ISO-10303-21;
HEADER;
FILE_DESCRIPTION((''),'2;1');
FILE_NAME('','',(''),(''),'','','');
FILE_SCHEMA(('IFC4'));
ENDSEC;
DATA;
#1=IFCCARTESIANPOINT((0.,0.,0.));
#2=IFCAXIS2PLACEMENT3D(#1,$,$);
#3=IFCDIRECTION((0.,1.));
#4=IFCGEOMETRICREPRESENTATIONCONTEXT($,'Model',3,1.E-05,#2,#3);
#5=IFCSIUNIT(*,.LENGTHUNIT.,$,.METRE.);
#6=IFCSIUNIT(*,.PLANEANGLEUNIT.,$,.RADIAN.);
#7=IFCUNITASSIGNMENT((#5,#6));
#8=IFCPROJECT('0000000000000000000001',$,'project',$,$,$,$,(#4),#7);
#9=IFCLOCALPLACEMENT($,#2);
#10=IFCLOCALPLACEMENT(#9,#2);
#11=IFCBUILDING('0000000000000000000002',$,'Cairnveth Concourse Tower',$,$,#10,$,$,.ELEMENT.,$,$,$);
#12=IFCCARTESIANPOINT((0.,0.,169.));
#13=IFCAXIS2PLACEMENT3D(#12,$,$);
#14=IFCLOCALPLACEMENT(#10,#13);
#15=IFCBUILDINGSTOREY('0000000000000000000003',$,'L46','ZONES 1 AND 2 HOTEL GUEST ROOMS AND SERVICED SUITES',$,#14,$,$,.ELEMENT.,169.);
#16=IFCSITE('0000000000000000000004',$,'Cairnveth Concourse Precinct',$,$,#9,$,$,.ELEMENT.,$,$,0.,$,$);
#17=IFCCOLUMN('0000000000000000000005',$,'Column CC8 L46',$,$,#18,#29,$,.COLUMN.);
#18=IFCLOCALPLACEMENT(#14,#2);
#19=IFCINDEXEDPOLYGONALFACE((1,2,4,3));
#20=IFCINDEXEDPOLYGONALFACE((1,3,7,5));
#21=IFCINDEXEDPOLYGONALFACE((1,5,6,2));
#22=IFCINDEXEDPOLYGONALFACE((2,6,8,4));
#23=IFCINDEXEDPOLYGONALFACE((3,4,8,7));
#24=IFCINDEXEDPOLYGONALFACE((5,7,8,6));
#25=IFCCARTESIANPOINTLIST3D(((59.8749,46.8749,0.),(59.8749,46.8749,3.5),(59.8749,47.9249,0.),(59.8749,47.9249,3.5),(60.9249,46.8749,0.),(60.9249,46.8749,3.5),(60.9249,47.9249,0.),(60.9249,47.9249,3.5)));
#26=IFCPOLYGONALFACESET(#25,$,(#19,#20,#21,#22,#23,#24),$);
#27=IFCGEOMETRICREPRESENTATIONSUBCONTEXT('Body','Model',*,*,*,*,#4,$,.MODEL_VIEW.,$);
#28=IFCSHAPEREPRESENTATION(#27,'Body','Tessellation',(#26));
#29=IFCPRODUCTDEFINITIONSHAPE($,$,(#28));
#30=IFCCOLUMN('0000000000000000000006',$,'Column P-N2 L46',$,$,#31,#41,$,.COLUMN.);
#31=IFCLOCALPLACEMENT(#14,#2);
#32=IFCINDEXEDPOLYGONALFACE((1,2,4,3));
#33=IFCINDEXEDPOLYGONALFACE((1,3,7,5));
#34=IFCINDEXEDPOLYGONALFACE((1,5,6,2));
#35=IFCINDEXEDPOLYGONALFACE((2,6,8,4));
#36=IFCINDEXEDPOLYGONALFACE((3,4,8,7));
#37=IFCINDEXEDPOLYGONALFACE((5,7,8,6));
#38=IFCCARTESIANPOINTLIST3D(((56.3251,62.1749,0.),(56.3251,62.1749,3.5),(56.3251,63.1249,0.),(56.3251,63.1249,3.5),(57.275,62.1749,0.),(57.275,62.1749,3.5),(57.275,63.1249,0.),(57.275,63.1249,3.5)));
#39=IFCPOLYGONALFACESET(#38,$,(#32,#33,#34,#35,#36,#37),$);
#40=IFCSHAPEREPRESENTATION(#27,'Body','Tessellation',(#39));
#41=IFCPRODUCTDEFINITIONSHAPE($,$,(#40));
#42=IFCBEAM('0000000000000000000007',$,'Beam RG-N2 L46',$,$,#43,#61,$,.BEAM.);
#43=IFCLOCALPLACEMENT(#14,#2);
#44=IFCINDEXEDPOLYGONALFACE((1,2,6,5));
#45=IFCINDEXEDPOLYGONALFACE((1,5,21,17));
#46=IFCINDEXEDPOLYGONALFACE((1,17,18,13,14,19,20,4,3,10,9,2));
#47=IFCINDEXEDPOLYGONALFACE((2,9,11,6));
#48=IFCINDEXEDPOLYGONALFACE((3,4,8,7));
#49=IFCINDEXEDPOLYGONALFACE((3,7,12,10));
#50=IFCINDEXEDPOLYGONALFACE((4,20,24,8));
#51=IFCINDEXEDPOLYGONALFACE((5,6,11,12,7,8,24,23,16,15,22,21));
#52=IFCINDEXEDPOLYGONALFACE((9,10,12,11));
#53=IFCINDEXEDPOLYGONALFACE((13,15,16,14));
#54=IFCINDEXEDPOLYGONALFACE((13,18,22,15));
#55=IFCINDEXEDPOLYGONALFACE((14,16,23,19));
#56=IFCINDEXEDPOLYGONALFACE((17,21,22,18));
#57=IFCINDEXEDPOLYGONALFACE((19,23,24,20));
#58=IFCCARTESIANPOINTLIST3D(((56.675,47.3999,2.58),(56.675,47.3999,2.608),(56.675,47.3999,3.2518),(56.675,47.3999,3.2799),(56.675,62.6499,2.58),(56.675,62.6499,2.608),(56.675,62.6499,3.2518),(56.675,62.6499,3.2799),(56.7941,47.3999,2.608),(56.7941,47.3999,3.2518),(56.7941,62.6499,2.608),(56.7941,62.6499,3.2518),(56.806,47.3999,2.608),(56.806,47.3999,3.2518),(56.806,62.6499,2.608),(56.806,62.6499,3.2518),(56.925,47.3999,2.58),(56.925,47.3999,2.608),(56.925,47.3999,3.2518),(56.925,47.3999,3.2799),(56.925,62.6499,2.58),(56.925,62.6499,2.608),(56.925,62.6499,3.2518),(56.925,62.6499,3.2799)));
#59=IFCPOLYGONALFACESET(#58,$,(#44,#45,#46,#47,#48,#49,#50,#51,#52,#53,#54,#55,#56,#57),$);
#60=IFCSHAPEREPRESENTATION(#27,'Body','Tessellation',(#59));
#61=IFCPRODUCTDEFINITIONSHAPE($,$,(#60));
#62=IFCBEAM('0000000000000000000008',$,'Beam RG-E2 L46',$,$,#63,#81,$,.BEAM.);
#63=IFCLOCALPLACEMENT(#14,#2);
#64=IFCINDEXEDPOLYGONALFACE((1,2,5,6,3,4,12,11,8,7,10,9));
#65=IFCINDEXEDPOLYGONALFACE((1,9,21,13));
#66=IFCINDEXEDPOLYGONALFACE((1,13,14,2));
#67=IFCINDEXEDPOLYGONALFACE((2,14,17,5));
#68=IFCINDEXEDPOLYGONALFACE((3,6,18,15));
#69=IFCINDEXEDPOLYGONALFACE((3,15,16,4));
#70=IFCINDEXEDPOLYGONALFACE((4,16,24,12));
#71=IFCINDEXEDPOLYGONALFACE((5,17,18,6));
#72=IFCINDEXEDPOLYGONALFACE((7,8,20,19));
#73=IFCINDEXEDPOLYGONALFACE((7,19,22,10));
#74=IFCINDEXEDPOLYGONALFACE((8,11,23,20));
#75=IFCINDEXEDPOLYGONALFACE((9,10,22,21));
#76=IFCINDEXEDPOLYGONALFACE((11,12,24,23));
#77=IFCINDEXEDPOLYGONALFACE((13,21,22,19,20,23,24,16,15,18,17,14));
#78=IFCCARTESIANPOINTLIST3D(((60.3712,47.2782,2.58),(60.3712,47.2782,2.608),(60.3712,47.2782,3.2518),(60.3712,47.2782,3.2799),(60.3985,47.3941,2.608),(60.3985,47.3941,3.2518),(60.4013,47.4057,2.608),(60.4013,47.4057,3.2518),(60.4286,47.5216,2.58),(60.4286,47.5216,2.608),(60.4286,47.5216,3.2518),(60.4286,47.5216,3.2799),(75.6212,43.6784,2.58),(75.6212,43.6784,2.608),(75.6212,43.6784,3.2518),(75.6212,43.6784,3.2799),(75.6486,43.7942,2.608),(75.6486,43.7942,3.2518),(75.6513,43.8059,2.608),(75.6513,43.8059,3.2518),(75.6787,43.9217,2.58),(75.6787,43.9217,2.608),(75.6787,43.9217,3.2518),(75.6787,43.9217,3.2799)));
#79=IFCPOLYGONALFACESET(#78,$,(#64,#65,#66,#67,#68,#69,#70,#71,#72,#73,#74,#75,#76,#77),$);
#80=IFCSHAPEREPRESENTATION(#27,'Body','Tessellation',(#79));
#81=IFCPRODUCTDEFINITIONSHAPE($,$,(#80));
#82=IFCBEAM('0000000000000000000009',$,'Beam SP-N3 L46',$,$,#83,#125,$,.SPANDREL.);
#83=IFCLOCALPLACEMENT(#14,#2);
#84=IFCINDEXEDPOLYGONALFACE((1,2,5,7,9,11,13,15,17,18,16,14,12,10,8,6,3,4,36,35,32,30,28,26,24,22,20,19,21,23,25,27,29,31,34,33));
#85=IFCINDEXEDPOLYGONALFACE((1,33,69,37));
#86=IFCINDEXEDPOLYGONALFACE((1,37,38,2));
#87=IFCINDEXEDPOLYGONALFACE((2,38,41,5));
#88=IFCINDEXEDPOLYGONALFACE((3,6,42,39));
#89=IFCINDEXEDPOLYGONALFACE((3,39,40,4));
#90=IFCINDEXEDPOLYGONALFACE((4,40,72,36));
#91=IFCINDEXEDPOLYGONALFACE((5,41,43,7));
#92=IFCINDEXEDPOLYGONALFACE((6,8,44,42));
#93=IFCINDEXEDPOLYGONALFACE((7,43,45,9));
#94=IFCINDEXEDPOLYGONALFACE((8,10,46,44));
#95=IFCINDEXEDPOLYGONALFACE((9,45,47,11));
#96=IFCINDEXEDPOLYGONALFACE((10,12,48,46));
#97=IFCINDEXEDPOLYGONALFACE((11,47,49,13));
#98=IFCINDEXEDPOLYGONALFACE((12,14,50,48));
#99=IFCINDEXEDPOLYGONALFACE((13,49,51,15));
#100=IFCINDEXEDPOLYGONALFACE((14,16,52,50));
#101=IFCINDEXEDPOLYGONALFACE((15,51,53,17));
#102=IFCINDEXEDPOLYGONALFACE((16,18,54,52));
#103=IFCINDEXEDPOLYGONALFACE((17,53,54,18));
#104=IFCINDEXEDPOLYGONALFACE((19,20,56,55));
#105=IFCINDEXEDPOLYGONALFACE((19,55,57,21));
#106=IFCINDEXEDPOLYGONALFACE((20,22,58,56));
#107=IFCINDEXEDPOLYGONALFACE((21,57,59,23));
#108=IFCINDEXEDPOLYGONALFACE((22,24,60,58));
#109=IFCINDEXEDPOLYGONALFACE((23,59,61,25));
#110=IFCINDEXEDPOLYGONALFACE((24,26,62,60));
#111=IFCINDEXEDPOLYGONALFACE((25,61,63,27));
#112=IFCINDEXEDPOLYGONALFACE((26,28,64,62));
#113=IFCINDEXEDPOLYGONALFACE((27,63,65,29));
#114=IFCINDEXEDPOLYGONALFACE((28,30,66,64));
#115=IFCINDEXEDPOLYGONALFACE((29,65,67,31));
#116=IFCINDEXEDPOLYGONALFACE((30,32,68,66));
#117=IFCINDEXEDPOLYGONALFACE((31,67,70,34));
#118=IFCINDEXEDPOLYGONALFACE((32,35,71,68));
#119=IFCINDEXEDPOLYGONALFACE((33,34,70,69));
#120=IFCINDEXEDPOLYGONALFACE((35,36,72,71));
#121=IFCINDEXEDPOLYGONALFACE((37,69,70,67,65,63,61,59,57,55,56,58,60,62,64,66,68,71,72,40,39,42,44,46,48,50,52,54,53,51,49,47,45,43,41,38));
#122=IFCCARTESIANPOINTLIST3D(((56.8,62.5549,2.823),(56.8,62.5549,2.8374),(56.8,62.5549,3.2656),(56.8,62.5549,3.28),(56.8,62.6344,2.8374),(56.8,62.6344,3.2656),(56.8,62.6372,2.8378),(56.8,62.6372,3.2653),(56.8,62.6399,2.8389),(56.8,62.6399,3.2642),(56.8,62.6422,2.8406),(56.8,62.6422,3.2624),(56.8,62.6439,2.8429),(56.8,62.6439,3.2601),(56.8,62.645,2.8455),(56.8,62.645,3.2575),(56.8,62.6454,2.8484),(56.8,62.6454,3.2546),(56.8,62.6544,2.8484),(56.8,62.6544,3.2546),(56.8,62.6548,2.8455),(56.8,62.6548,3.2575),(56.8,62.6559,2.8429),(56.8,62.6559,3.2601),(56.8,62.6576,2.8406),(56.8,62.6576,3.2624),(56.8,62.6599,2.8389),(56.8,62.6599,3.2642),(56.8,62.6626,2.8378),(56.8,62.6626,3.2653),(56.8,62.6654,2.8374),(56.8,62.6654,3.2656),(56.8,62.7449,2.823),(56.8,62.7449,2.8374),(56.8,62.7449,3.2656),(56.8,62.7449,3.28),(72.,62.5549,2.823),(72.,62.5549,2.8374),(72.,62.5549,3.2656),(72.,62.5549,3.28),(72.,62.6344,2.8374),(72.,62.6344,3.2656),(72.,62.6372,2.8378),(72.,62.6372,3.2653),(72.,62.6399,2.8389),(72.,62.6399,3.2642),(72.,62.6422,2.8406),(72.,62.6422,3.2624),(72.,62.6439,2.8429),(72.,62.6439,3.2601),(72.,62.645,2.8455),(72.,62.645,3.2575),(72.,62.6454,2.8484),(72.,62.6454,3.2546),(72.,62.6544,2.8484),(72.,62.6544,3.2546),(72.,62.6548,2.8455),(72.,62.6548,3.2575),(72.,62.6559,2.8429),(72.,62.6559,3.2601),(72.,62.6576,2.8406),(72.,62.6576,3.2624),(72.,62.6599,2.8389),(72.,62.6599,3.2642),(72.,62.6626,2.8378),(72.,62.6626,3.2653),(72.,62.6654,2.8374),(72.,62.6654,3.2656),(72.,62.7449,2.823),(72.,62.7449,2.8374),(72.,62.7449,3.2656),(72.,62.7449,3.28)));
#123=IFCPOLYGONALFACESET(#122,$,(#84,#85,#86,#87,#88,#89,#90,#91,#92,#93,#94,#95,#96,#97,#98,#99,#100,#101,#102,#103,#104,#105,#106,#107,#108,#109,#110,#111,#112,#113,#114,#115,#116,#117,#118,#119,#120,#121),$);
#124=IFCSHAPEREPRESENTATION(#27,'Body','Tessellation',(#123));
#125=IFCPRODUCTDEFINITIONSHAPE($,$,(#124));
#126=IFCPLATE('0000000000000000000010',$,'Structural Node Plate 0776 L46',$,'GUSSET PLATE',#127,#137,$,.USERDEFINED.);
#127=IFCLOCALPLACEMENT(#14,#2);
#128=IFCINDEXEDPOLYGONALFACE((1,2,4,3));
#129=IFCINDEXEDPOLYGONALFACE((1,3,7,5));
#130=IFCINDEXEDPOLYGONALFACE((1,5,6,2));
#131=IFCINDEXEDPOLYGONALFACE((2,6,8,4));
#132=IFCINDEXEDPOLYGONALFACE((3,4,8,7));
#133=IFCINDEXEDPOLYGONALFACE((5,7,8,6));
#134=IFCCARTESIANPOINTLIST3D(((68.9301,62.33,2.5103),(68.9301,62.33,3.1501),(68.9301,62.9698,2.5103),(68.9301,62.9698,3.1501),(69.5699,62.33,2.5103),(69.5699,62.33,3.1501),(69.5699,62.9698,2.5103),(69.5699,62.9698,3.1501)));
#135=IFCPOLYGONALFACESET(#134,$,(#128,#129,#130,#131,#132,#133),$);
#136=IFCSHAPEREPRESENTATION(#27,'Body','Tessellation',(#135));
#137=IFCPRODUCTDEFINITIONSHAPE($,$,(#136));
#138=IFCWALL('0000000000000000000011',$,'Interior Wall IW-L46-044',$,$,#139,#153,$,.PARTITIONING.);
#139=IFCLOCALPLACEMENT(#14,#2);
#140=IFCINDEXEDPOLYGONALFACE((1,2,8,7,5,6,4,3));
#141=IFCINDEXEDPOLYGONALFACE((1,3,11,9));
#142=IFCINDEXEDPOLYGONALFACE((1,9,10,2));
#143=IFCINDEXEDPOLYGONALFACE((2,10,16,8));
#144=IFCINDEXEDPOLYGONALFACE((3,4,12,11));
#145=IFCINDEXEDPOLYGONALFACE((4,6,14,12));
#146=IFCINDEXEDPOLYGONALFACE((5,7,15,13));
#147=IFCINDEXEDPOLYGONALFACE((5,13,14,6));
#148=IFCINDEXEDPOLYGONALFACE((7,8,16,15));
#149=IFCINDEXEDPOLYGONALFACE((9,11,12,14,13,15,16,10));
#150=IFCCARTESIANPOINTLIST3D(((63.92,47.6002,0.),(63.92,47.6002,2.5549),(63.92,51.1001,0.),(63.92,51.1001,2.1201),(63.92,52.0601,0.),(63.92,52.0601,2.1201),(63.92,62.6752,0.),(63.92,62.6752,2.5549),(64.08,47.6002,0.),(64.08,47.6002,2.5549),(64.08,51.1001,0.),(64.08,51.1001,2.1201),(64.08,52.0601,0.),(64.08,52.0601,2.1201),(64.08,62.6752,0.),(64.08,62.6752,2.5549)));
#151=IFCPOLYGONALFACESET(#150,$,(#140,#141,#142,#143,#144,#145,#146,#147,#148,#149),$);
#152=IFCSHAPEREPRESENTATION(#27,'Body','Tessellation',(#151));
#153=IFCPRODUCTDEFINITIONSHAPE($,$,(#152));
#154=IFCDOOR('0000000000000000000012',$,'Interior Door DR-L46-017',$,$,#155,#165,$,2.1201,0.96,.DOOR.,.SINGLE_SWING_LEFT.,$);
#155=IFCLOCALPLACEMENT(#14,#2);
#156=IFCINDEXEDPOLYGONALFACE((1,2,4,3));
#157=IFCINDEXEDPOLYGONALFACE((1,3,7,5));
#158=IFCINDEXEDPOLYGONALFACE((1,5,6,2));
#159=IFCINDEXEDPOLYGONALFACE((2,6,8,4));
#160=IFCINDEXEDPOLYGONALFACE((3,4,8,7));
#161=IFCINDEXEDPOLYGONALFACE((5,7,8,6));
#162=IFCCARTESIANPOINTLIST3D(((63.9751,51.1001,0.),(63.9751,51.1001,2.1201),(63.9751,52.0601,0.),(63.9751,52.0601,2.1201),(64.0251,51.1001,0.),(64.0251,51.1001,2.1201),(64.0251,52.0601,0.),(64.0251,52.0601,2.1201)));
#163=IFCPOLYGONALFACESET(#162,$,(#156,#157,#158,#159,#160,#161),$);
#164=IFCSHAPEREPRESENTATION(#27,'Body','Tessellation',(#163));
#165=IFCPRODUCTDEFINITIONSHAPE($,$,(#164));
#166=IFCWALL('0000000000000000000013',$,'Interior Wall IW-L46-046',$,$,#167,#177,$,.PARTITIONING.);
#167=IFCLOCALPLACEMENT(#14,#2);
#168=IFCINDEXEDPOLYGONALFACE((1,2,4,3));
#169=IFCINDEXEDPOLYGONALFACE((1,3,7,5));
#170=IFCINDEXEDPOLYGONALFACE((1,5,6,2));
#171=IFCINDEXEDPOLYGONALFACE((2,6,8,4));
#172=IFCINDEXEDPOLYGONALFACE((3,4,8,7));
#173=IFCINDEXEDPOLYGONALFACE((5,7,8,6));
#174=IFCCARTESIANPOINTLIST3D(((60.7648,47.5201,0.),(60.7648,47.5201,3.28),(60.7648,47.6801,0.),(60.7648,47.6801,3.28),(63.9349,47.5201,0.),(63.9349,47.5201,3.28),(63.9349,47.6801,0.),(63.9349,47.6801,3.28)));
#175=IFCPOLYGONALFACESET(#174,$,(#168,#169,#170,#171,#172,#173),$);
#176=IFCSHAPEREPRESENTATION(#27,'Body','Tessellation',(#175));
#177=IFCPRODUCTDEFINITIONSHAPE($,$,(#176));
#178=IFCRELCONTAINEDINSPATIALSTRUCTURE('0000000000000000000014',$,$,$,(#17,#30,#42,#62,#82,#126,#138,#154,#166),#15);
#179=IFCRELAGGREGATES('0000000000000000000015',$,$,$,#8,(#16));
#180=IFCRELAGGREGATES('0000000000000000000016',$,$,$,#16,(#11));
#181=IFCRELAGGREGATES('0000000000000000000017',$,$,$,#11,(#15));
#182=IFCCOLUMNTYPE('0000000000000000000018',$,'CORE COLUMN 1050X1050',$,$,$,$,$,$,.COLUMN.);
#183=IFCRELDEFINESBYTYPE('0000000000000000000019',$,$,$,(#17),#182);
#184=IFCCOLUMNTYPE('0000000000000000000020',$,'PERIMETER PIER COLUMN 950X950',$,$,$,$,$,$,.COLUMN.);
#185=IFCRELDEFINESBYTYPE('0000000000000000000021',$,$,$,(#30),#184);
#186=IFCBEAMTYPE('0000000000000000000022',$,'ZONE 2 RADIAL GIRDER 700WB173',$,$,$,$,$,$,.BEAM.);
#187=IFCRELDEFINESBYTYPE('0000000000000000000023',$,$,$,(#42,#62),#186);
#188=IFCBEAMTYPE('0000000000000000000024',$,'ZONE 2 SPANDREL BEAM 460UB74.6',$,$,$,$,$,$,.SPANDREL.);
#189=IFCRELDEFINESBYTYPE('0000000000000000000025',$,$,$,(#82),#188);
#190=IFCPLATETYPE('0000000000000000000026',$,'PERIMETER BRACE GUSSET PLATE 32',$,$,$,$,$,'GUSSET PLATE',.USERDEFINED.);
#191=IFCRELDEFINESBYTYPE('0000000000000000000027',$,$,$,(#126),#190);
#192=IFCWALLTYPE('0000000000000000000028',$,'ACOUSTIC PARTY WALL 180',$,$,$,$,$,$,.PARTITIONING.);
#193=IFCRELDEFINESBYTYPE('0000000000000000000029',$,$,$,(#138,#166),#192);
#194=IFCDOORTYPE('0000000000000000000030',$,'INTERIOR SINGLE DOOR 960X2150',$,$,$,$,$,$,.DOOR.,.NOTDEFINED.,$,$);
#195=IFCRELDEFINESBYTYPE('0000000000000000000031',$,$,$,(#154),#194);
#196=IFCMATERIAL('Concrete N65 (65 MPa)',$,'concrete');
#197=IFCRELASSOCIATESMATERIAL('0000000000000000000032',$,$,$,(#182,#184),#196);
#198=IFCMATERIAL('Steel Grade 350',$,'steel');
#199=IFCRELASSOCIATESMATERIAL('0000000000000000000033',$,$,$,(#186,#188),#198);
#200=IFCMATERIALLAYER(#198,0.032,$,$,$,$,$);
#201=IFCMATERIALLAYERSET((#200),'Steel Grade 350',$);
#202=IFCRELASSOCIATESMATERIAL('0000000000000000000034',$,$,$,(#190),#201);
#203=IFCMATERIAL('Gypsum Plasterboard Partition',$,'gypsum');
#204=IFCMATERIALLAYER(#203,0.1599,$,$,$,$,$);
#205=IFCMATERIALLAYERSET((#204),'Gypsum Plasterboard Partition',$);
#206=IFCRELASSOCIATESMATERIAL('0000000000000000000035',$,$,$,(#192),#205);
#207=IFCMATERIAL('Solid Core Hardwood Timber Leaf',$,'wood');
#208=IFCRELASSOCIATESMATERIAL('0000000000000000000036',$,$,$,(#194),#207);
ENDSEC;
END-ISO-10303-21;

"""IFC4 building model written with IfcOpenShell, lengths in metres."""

from ifc_helpers import new_model, si_unit, direction, frame, frame_2d, origin, origin_2d, place, context, subcontext, project, spatial, rectangle, i_section, extrude, material, layer, layer_set, material_profile, profile_set, type_object, element, fill, save


model = new_model("IFC4")

# Units and contexts
model_context = context("Model", 3, precision=1e-05, world=origin(), true_north=direction((0.0, 1.0)))
body_context = subcontext(model_context, "Body", "Model", "MODEL_VIEW")
ifc_project = project(units=[si_unit("LENGTHUNIT", "METRE"), si_unit("PLANEANGLEUNIT", "RADIAN")], contexts=[model_context])

# Site, building, storey
site_placement = place(None, origin())
site = spatial("IfcSite", under=ifc_project, at=site_placement, Name="Cairnveth Concourse Precinct", CompositionType="ELEMENT", RefElevation=0.0)
building_placement = place(site_placement, origin())
building = spatial("IfcBuilding", under=site, at=building_placement, Name="Cairnveth Concourse Tower", CompositionType="ELEMENT")
storey_placement = place(building_placement, frame((0.0, 0.0, 169.0)))
storey = spatial("IfcBuildingStorey", under=building, at=storey_placement, Name="L46", Description="ZONES 1 AND 2 HOTEL GUEST ROOMS AND SERVICED SUITES", CompositionType="ELEMENT", Elevation=169.0)

# Columns
ifc_material_1 = material(Name="Concrete N65 (65 MPa)", Category="concrete")
ifc_material_profile_1 = material_profile(ifc_material_1, rectangle(XDim=1.05, YDim=1.05, at=origin_2d()), Name="RC-COL-1050x1050")
ifc_profile_set_1 = profile_set([ifc_material_profile_1], Name="Concrete N65 (65 MPa)")
column_type_1 = type_object("IfcColumnType", Name="CORE COLUMN 1050X1050", PredefinedType="COLUMN", material=ifc_profile_set_1)
column_1_placement = place(storey_placement, frame((60.3999, 47.3999, 0.0), z_axis=(0.0, 0.0, 1.0), x_axis=(1.0, 0.0, 0.0)))
element("IfcColumn", 1, at=column_1_placement, inside=storey, type_object=column_type_1, Name="Column CC8 L46", PredefinedType="COLUMN", context=body_context, shape_type="SweptSolid", body=[
    extrude(rectangle(XDim=1.05, YDim=1.05, at=origin_2d()), origin(), (0.0, 0.0, 1.0), 3.5),
])
ifc_material_profile_2 = material_profile(ifc_material_1, rectangle(XDim=0.95, YDim=0.95, at=origin_2d()), Name="RC-COL-950x950")
ifc_profile_set_2 = profile_set([ifc_material_profile_2], Name="Concrete N65 (65 MPa)")
column_type_2 = type_object("IfcColumnType", Name="PERIMETER PIER COLUMN 950X950", PredefinedType="COLUMN", material=ifc_profile_set_2)
column_2_placement = place(storey_placement, frame((56.8, 62.6499, 0.0), z_axis=(0.0, 0.0, 1.0), x_axis=(1.0, 0.0, 0.0)))
element("IfcColumn", 2, at=column_2_placement, inside=storey, type_object=column_type_2, Name="Column P-N2 L46", PredefinedType="COLUMN", context=body_context, shape_type="SweptSolid", body=[
    extrude(rectangle(XDim=0.95, YDim=0.95, at=origin_2d()), origin(), (0.0, 0.0, 1.0), 3.5),
])

# Beams
ifc_material_2 = material(Name="Steel Grade 350", Category="steel")
ifc_material_profile_3 = material_profile(ifc_material_2, i_section(OverallWidth=0.25, OverallDepth=0.7, WebThickness=0.012, FlangeThickness=0.0281, at=origin_2d()), Name="700WB173")
ifc_profile_set_3 = profile_set([ifc_material_profile_3], Name="Steel Grade 350")
beam_type_1 = type_object("IfcBeamType", Name="ZONE 2 RADIAL GIRDER 700WB173", PredefinedType="BEAM", material=ifc_profile_set_3)
beam_1_placement = place(storey_placement, frame((56.8, 47.3999, 2.9299), z_axis=(0.0, 1.0, 0.0), x_axis=(-1.0, 0.0, 0.0)))
element("IfcBeam", 3, at=beam_1_placement, inside=storey, type_object=beam_type_1, Name="Beam RG-N2 L46", PredefinedType="BEAM", context=body_context, shape_type="SweptSolid", body=[
    extrude(i_section(OverallWidth=0.25, OverallDepth=0.7, WebThickness=0.012, FlangeThickness=0.0281, at=origin_2d()), origin(), (0.0, 0.0, 1.0), 15.25),
])
beam_2_placement = place(storey_placement, frame((60.3999, 47.3999, 2.9299), z_axis=(0.973252, -0.229742, 0.0), x_axis=(0.229742, 0.973252, 0.0)))
element("IfcBeam", 4, at=beam_2_placement, inside=storey, type_object=beam_type_1, Name="Beam RG-E2 L46", PredefinedType="BEAM", context=body_context, shape_type="SweptSolid", body=[
    extrude(i_section(OverallWidth=0.25, OverallDepth=0.7, WebThickness=0.012, FlangeThickness=0.0281, at=origin_2d()), origin(), (0.0, 0.0, 1.0), 15.6692),
])
ifc_material_profile_4 = material_profile(ifc_material_2, i_section(OverallWidth=0.1899, OverallDepth=0.457, WebThickness=0.009, FlangeThickness=0.0144, FilletRadius=0.011, at=origin_2d()), Name="460UB74.6")
ifc_profile_set_4 = profile_set([ifc_material_profile_4], Name="Steel Grade 350")
beam_type_2 = type_object("IfcBeamType", Name="ZONE 2 SPANDREL BEAM 460UB74.6", PredefinedType="SPANDREL", material=ifc_profile_set_4)
beam_3_placement = place(storey_placement, frame((56.8, 62.6499, 3.0515), z_axis=(1.0, 0.0, 0.0), x_axis=(0.0, 1.0, 0.0)))
element("IfcBeam", 5, at=beam_3_placement, inside=storey, type_object=beam_type_2, Name="Beam SP-N3 L46", PredefinedType="SPANDREL", context=body_context, shape_type="SweptSolid", body=[
    extrude(i_section(OverallWidth=0.1899, OverallDepth=0.457, WebThickness=0.009, FlangeThickness=0.0144, FilletRadius=0.011, at=origin_2d()), origin(), (0.0, 0.0, 1.0), 15.2),
])

# Plate
ifc_layer_1 = layer(ifc_material_2, 0.032)
ifc_layer_set_1 = layer_set([ifc_layer_1], Name="Steel Grade 350")
plate_type = type_object("IfcPlateType", Name="PERIMETER BRACE GUSSET PLATE 32", ElementType="GUSSET PLATE", PredefinedType="USERDEFINED", material=ifc_layer_set_1)
plate_placement = place(storey_placement, frame((69.25, 62.6499, 2.5103), z_axis=(0.0, 0.0, 1.0), x_axis=(1.0, 0.0, 0.0)))
element("IfcPlate", 6, at=plate_placement, inside=storey, type_object=plate_type, Name="Structural Node Plate 0776 L46", ObjectType="GUSSET PLATE", PredefinedType="USERDEFINED", context=body_context, shape_type="SweptSolid", body=[
    extrude(rectangle(XDim=0.6399, YDim=0.6399, at=origin_2d()), origin(), (0.0, 0.0, 1.0), 0.6399),
])

# Wall, opening, door
ifc_material_3 = material(Name="Gypsum Plasterboard Partition", Category="gypsum")
ifc_layer_2 = layer(ifc_material_3, 0.1599)
ifc_layer_set_2 = layer_set([ifc_layer_2], Name="Gypsum Plasterboard Partition")
wall_type_1 = type_object("IfcWallType", Name="ACOUSTIC PARTY WALL 180", PredefinedType="PARTITIONING", material=ifc_layer_set_2)
wall_1_placement = place(storey_placement, frame((64.0, 47.6001, 0.0), z_axis=(0.0, 0.0, 1.0), x_axis=(0.0, 1.0, 0.0)))
wall_1 = element("IfcWall", 7, at=wall_1_placement, inside=storey, type_object=wall_type_1, Name="Interior Wall IW-L46-044", PredefinedType="PARTITIONING", context=body_context, shape_type="SweptSolid", body=[
    extrude(rectangle(XDim=15.075, YDim=0.1599, at=frame_2d((7.5376, 0.0))), origin(), (0.0, 0.0, 1.0), 2.5549),
])
opening_1_placement = place(wall_1_placement, frame((3.5, 0.0, 0.0)))
opening_1 = element("IfcOpeningElement", 8, at=opening_1_placement, cuts=wall_1, PredefinedType="OPENING", context=body_context, shape_type="SweptSolid", body=[
    extrude(rectangle(XDim=0.96, YDim=2.1201, at=frame_2d((0.48, 1.0601))), frame((0.0, 0.0898, 0.0), z_axis=(0.0, -1.0, 0.0), x_axis=(1.0, 0.0, 0.0)), (0.0, 0.0, 1.0), 0.1799),
])
ifc_material_4 = material(Name="Solid Core Hardwood Timber Leaf", Category="wood")
door_type_1 = type_object("IfcDoorType", Name="INTERIOR SINGLE DOOR 960X2150", OperationType="NOTDEFINED", PredefinedType="DOOR", material=ifc_material_4)
door_1_placement = place(opening_1_placement, origin())
door_1 = element("IfcDoor", 9, at=door_1_placement, inside=storey, type_object=door_type_1, Name="Interior Door DR-L46-017", OperationType="SINGLE_SWING_LEFT", OverallHeight=2.1201, OverallWidth=0.96, PredefinedType="DOOR", context=body_context, shape_type="SweptSolid", body=[
    extrude(rectangle(XDim=0.96, YDim=2.1201, at=frame_2d((0.48, 1.0601))), frame((0.0, 0.0249, 0.0), z_axis=(0.0, -1.0, 0.0), x_axis=(1.0, 0.0, 0.0)), (0.0, 0.0, 1.0), 0.05),
])
fill(opening_1, door_1)

# Wall
wall_2_placement = place(storey_placement, frame((60.7649, 47.6001, 0.0), z_axis=(0.0, 0.0, 1.0), x_axis=(1.0, 0.0, 0.0)))
element("IfcWall", 10, at=wall_2_placement, inside=storey, type_object=wall_type_1, Name="Interior Wall IW-L46-046", PredefinedType="PARTITIONING", context=body_context, shape_type="SweptSolid", body=[
    extrude(rectangle(XDim=3.1702, YDim=0.1599, at=frame_2d((1.585, 0.0))), origin(), (0.0, 0.0, 1.0), 3.28),
])

save(model, "model.ifc")
